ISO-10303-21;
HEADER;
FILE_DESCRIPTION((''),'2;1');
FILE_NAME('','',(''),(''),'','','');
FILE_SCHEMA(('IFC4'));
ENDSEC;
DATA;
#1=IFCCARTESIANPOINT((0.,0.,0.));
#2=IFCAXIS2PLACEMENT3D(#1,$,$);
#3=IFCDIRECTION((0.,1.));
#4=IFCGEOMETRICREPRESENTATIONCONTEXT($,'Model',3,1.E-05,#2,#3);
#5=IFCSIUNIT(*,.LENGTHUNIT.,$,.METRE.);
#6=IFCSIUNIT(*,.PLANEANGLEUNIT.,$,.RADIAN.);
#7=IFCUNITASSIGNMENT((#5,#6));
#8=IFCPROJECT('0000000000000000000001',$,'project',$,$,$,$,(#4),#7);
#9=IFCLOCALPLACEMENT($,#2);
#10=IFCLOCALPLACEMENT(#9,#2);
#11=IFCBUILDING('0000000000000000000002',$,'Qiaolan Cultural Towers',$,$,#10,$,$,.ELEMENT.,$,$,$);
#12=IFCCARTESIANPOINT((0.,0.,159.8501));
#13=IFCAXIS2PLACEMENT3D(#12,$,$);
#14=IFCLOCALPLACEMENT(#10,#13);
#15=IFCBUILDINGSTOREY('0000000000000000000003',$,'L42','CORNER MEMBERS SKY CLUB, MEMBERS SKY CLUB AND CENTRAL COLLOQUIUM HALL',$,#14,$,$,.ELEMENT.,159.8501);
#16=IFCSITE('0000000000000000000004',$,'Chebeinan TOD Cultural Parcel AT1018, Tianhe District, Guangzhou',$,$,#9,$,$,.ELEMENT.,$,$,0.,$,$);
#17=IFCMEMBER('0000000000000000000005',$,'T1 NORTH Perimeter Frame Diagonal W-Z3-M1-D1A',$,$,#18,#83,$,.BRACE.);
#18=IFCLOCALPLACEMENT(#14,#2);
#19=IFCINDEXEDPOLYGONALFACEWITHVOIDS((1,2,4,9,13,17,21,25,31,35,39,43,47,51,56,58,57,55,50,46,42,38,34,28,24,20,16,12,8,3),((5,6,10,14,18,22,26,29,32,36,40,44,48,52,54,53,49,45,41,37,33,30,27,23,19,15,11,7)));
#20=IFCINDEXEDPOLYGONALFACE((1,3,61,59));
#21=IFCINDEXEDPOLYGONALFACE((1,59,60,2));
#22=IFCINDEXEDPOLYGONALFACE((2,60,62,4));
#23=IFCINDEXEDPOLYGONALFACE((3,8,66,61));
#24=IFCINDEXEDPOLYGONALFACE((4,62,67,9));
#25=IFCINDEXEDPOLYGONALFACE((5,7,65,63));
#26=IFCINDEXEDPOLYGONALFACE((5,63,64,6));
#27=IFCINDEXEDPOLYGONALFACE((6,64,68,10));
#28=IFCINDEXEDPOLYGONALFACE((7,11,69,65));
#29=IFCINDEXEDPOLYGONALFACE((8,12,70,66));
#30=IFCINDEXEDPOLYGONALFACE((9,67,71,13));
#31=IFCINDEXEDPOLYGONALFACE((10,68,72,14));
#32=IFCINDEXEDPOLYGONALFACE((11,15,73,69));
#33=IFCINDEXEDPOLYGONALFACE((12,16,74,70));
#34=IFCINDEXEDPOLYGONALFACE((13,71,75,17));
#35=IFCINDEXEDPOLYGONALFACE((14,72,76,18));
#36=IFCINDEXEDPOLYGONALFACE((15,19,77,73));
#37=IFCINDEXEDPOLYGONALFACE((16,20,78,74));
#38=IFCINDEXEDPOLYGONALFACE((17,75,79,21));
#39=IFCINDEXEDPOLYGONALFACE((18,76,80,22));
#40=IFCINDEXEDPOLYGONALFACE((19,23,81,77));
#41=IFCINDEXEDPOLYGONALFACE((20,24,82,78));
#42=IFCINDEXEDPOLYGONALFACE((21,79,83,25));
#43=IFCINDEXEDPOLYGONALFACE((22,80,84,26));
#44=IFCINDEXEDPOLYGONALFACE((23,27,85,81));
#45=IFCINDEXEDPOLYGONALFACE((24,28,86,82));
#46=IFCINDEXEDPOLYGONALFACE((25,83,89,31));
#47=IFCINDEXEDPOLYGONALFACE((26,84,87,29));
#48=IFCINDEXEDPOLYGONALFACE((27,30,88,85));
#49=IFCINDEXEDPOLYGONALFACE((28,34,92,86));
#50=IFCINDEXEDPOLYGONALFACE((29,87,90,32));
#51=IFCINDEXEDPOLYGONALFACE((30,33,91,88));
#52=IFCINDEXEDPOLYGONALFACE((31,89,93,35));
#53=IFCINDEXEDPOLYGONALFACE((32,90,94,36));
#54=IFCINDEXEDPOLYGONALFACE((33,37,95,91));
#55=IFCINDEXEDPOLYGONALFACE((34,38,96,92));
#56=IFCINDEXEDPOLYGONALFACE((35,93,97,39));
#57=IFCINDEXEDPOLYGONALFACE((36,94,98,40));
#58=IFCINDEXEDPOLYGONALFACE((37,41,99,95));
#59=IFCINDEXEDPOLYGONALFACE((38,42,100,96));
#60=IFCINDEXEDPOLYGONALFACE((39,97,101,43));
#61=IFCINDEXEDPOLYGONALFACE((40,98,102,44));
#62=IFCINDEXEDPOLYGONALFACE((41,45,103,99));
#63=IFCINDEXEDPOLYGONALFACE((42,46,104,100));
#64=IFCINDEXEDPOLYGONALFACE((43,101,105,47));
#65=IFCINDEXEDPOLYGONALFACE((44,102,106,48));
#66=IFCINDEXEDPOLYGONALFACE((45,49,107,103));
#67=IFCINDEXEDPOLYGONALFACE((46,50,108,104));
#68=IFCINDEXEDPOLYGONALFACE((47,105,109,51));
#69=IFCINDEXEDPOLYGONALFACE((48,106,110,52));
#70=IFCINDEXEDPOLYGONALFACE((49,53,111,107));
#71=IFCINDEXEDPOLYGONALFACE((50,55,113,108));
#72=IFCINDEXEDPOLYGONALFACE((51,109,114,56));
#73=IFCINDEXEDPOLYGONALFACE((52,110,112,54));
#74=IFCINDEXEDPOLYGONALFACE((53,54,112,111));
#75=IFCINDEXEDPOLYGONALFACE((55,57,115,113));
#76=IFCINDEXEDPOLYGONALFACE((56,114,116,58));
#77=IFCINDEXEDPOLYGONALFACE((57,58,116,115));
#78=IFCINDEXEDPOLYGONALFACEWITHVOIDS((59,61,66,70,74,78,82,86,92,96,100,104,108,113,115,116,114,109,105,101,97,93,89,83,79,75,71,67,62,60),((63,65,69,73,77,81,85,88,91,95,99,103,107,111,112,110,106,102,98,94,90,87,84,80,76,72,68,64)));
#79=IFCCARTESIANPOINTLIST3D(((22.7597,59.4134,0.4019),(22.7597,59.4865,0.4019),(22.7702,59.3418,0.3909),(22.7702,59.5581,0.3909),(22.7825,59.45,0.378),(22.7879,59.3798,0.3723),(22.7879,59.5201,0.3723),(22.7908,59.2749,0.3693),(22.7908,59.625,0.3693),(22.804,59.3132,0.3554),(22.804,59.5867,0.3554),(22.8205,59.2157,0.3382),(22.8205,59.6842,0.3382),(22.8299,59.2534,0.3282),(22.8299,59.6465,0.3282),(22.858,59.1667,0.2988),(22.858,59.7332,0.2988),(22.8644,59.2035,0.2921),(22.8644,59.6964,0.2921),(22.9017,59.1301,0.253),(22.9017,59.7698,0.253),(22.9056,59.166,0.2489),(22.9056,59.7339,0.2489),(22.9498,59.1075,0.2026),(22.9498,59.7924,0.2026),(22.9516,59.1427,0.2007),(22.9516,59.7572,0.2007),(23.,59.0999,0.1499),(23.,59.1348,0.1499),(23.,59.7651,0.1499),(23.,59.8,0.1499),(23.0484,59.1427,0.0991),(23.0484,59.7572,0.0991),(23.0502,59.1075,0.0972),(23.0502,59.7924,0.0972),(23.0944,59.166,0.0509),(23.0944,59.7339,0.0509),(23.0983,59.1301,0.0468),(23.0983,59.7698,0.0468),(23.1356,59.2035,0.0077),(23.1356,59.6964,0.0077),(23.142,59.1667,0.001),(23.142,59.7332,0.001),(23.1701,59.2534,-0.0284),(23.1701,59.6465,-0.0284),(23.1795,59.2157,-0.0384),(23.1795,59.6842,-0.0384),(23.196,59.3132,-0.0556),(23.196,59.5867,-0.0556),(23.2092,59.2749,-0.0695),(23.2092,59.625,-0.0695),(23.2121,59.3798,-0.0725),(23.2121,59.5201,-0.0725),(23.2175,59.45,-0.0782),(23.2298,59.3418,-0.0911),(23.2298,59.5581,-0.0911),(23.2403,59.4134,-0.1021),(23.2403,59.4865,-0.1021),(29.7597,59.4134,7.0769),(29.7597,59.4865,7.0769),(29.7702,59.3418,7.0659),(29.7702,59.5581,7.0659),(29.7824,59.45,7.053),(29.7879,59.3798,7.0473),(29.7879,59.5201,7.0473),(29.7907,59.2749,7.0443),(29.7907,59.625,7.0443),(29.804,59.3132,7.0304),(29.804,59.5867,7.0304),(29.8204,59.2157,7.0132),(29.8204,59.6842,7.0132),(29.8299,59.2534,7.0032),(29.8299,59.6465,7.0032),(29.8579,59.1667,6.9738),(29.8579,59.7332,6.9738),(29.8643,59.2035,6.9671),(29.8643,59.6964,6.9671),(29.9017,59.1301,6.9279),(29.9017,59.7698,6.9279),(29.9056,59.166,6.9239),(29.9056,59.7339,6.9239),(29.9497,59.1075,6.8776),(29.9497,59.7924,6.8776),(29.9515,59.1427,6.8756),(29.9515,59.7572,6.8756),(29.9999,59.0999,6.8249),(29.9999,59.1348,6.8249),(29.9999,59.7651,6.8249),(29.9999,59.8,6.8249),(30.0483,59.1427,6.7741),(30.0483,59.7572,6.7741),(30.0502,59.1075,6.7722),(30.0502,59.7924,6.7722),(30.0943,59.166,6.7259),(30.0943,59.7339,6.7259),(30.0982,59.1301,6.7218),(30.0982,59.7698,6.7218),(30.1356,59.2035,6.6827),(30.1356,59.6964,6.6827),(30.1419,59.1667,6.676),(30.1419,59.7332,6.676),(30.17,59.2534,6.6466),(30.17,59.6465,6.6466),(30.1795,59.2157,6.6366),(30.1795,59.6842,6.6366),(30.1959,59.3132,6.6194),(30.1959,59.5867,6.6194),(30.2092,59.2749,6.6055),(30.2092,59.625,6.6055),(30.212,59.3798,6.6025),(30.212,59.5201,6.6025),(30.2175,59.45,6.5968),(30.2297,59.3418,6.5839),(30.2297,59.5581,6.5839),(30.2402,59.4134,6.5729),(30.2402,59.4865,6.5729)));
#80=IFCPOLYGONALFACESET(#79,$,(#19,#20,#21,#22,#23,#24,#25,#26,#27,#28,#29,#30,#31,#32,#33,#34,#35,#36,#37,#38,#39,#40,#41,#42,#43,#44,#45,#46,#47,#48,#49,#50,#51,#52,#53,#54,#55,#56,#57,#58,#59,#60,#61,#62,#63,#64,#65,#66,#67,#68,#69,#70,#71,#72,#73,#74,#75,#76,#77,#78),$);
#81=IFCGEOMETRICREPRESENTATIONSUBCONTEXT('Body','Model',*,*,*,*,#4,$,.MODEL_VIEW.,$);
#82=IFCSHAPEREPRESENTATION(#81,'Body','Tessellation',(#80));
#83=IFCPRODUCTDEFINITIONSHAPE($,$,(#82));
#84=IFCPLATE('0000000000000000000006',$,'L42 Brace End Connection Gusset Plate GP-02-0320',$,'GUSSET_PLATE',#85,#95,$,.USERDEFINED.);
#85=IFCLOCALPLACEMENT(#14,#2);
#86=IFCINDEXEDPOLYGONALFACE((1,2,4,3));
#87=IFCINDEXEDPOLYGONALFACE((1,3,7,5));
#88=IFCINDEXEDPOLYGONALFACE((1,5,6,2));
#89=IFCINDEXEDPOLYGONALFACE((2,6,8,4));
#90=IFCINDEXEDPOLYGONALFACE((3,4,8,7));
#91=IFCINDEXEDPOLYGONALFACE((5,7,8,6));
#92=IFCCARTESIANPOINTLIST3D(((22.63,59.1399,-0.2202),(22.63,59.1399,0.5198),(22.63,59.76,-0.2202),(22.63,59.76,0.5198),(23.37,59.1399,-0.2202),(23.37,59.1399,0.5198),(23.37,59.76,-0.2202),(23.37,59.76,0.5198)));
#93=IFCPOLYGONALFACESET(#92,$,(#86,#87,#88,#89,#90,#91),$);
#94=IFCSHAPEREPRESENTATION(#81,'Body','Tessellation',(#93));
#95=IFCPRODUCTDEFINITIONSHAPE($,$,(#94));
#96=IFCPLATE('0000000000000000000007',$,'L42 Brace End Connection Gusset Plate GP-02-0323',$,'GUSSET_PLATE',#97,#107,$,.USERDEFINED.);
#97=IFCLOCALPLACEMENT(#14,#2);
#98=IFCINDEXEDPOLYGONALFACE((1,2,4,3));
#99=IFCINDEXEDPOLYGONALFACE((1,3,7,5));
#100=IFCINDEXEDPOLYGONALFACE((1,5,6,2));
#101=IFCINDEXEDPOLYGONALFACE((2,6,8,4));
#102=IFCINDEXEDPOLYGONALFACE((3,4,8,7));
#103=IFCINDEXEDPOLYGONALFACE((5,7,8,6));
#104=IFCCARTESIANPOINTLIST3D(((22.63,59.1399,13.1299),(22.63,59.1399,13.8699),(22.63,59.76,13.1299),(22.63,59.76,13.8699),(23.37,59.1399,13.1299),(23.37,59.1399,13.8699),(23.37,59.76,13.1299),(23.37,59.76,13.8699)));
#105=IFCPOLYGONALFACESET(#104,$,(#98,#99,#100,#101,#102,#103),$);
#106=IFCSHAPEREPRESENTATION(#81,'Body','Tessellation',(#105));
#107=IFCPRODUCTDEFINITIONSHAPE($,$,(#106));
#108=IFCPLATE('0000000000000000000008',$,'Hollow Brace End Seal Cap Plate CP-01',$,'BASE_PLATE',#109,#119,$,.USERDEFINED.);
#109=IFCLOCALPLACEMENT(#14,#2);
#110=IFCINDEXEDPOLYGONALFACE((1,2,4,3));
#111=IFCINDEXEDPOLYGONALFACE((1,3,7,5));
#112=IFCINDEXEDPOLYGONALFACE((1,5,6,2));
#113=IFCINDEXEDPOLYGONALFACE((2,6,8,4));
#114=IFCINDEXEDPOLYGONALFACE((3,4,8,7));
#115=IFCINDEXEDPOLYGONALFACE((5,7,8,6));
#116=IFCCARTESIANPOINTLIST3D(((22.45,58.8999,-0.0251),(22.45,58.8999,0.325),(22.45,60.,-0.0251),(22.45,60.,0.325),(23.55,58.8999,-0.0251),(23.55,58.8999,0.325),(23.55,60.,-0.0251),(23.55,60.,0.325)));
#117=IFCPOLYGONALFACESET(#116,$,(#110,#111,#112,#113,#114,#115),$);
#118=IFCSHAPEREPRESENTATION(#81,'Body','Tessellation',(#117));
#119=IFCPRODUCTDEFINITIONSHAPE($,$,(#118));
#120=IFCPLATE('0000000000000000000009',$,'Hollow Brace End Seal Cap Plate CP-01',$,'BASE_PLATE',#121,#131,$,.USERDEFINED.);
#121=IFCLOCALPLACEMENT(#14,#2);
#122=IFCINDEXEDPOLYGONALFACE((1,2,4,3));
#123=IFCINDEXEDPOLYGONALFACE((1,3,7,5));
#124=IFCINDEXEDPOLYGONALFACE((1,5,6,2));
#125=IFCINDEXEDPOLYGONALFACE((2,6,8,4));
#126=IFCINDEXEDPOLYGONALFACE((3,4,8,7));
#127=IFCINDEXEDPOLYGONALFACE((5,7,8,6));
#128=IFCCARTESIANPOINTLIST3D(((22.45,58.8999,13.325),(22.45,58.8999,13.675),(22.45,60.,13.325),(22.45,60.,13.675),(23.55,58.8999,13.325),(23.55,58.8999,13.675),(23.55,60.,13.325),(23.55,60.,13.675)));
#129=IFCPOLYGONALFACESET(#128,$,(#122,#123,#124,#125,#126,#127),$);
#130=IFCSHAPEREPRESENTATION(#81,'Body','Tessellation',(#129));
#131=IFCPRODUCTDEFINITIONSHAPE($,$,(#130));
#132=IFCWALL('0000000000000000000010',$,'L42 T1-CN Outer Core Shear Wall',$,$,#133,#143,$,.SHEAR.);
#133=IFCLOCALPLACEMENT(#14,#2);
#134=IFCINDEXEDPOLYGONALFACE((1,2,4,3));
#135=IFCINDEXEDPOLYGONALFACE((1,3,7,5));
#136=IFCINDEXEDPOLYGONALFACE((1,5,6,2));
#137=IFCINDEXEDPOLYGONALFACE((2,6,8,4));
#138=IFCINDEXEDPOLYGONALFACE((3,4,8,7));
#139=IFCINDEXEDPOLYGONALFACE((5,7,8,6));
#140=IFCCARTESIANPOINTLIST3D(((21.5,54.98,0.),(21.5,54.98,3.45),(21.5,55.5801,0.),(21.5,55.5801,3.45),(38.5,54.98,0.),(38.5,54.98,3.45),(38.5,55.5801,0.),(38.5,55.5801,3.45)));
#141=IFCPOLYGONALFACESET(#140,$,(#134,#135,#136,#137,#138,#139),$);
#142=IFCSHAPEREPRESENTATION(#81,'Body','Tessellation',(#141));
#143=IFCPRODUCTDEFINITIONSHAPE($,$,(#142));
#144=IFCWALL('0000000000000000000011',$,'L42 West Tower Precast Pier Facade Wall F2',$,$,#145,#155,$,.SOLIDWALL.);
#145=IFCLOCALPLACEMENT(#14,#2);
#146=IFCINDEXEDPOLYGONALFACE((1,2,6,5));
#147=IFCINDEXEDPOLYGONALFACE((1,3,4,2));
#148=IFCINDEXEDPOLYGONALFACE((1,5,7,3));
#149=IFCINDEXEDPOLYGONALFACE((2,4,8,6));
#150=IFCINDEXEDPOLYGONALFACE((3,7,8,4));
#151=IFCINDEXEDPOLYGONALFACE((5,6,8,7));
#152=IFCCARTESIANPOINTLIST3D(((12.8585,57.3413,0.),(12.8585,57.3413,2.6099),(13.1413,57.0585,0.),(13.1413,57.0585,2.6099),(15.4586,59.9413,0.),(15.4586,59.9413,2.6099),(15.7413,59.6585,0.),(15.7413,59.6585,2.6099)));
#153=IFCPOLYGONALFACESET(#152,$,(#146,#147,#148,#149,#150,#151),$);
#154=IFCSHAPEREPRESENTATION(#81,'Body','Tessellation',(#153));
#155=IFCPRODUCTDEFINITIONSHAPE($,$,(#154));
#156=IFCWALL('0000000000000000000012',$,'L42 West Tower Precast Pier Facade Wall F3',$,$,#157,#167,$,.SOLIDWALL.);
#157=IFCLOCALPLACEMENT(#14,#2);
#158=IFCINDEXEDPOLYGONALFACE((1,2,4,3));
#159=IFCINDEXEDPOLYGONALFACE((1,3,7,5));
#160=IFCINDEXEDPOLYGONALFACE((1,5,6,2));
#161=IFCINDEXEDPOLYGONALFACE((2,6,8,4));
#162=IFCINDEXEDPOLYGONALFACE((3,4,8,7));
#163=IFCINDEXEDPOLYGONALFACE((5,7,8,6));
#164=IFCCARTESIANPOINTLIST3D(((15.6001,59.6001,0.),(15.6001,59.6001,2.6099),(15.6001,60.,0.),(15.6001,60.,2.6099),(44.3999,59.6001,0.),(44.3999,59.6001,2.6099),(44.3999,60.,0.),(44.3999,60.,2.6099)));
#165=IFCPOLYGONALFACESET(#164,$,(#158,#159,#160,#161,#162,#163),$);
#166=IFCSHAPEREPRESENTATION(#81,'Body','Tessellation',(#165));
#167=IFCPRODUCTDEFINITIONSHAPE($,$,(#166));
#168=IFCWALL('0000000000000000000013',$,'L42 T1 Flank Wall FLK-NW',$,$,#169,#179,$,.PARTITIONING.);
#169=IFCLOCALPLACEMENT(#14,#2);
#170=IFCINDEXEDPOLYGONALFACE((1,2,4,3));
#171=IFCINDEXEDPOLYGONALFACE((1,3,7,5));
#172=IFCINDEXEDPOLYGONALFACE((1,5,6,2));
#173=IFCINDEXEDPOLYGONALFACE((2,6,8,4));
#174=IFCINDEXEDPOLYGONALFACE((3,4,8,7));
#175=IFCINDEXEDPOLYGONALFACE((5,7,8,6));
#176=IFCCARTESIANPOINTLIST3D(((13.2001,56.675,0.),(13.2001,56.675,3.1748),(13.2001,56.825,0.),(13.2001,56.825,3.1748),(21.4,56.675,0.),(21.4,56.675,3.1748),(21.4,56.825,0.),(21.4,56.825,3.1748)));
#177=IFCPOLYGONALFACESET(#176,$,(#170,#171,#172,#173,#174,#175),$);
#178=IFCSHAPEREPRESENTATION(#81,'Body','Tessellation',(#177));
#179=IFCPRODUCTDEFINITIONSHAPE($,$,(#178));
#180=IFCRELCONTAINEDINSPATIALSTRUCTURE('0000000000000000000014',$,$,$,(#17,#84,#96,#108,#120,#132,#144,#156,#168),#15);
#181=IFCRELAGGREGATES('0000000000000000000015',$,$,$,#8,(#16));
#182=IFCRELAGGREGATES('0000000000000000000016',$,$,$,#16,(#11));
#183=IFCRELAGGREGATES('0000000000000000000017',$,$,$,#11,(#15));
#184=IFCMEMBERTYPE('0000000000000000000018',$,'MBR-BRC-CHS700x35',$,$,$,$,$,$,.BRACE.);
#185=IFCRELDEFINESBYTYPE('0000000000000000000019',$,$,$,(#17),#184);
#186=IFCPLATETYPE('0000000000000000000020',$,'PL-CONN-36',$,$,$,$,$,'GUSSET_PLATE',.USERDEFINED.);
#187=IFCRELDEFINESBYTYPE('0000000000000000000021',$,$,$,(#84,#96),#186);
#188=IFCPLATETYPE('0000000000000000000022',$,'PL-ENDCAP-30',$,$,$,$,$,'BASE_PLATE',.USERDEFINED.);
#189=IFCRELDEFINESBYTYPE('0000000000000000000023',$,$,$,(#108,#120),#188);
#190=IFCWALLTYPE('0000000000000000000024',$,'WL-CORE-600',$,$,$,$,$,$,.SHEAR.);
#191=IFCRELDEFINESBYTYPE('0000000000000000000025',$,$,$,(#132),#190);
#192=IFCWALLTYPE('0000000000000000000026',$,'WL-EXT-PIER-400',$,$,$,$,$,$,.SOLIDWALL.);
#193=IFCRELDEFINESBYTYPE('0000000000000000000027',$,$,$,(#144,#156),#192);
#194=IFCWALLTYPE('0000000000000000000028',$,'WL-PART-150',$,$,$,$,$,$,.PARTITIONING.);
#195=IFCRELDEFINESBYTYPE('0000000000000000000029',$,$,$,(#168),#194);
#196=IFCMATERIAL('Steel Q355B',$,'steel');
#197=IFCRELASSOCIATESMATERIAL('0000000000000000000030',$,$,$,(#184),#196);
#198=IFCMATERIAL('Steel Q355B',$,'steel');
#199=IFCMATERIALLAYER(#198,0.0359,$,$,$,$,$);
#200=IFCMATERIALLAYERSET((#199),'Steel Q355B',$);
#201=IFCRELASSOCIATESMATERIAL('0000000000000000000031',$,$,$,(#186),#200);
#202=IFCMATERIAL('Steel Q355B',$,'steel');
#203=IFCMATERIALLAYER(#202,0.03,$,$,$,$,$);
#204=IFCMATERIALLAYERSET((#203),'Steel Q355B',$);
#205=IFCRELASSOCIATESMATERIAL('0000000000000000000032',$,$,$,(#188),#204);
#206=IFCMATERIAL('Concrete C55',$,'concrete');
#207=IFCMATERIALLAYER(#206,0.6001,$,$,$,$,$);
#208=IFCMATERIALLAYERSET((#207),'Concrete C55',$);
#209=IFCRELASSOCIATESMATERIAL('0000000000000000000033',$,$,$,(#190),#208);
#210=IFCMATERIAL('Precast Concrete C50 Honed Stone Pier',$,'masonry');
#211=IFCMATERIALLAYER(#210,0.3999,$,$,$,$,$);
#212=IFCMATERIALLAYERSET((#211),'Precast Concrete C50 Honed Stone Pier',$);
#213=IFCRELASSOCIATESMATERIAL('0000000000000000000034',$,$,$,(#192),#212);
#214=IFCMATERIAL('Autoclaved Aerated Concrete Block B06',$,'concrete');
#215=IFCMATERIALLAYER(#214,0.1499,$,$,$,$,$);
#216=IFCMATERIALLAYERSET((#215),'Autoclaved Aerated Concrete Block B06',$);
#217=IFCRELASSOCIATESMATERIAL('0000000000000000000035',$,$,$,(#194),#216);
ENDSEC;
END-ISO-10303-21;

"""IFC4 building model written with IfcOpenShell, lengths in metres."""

from ifc_helpers import new_model, si_unit, direction, frame, frame_2d, origin, origin_2d, place, context, subcontext, project, spatial, rectangle, hollow_circle, extrude, material, layer, layer_set, material_profile, profile_set, type_object, element, save


model = new_model("IFC4")

# Units and contexts
model_context = context("Model", 3, precision=1e-05, world=origin(), true_north=direction((0.0, 1.0)))
body_context = subcontext(model_context, "Body", "Model", "MODEL_VIEW")
ifc_project = project(units=[si_unit("LENGTHUNIT", "METRE"), si_unit("PLANEANGLEUNIT", "RADIAN")], contexts=[model_context])

# Site, building, storey
site_placement = place(None, origin())
site = spatial("IfcSite", under=ifc_project, at=site_placement, Name="Chebeinan TOD Cultural Parcel AT1018, Tianhe District, Guangzhou", CompositionType="ELEMENT", RefElevation=0.0)
building_placement = place(site_placement, origin())
building = spatial("IfcBuilding", under=site, at=building_placement, Name="Qiaolan Cultural Towers", CompositionType="ELEMENT")
storey_placement = place(building_placement, frame((0.0, 0.0, 159.8501)))
storey = spatial("IfcBuildingStorey", under=building, at=storey_placement, Name="L42", Description="CORNER MEMBERS SKY CLUB, MEMBERS SKY CLUB AND CENTRAL COLLOQUIUM HALL", CompositionType="ELEMENT", Elevation=159.8501)

# Member
ifc_material_1 = material(Name="Steel Q355B", Category="steel")
ifc_material_profile_1 = material_profile(ifc_material_1, hollow_circle(Radius=0.3501, WallThickness=0.0349, at=origin_2d()), Name="CHS700x35")
ifc_profile_set_1 = profile_set([ifc_material_profile_1], Name="Steel Q355B")
member_type = type_object("IfcMemberType", Name="MBR-BRC-CHS700x35", PredefinedType="BRACE", material=ifc_profile_set_1)
member_placement = place(storey_placement, frame((23.0, 59.45, 0.1499), z_axis=(0.723705, 0.0, 0.690109), x_axis=(0.0, 1.0, 0.0)))
element("IfcMember", 1, at=member_placement, inside=storey, type_object=member_type, Name="T1 NORTH Perimeter Frame Diagonal W-Z3-M1-D1A", PredefinedType="BRACE", context=body_context, shape_type="SweptSolid", body=[
    extrude(hollow_circle(Radius=0.3501, WallThickness=0.0349, at=origin_2d()), origin(), (0.0, 0.0, 1.0), 9.6724),
])

# Plates
ifc_material_2 = material(Name="Steel Q355B", Category="steel")
ifc_layer_1 = layer(ifc_material_2, 0.0359)
ifc_layer_set_1 = layer_set([ifc_layer_1], Name="Steel Q355B")
plate_type_1 = type_object("IfcPlateType", Name="PL-CONN-36", ElementType="GUSSET_PLATE", PredefinedType="USERDEFINED", material=ifc_layer_set_1)
for number, where, z_axis, x_axis, name in (
    (2, (23.0, 59.45, -0.2202), (0.0, 0.0, 1.0), (1.0, 0.0, 0.0), "L42 Brace End Connection Gusset Plate GP-02-0320"),
    (3, (23.0, 59.45, 13.1299), (0.0, 0.0, 1.0), (1.0, 0.0, 0.0), "L42 Brace End Connection Gusset Plate GP-02-0323"),
):
    element("IfcPlate", number, at=place(storey_placement, frame(where, z_axis=z_axis, x_axis=x_axis)), inside=storey, type_object=plate_type_1, Name=name, ObjectType="GUSSET_PLATE", PredefinedType="USERDEFINED", context=body_context, shape_type="SweptSolid", body=[
        extrude(rectangle(XDim=0.74, YDim=0.6201, at=origin_2d()), origin(), (0.0, 0.0, 1.0), 0.74),
    ])
ifc_material_3 = material(Name="Steel Q355B", Category="steel")
ifc_layer_2 = layer(ifc_material_3, 0.03)
ifc_layer_set_2 = layer_set([ifc_layer_2], Name="Steel Q355B")
plate_type_2 = type_object("IfcPlateType", Name="PL-ENDCAP-30", ElementType="BASE_PLATE", PredefinedType="USERDEFINED", material=ifc_layer_set_2)
for number, where, z_axis, x_axis, name in (
    (4, (23.0, 59.45, -0.0251), (0.0, 0.0, 1.0), (1.0, 0.0, 0.0), "Hollow Brace End Seal Cap Plate CP-01"),
    (5, (23.0, 59.45, 13.325), (0.0, 0.0, 1.0), (1.0, 0.0, 0.0), "Hollow Brace End Seal Cap Plate CP-01"),
):
    element("IfcPlate", number, at=place(storey_placement, frame(where, z_axis=z_axis, x_axis=x_axis)), inside=storey, type_object=plate_type_2, Name=name, ObjectType="BASE_PLATE", PredefinedType="USERDEFINED", context=body_context, shape_type="SweptSolid", body=[
        extrude(rectangle(XDim=1.1001, YDim=1.1001, at=origin_2d()), origin(), (0.0, 0.0, 1.0), 0.3501),
    ])

# Walls
ifc_material_4 = material(Name="Concrete C55", Category="concrete")
ifc_layer_3 = layer(ifc_material_4, 0.6001)
ifc_layer_set_3 = layer_set([ifc_layer_3], Name="Concrete C55")
wall_type_1 = type_object("IfcWallType", Name="WL-CORE-600", PredefinedType="SHEAR", material=ifc_layer_set_3)
wall_1_placement = place(storey_placement, frame((21.5, 55.28, 0.0), z_axis=(0.0, 0.0, 1.0), x_axis=(1.0, 0.0, 0.0)))
element("IfcWall", 6, at=wall_1_placement, inside=storey, type_object=wall_type_1, Name="L42 T1-CN Outer Core Shear Wall", PredefinedType="SHEAR", context=body_context, shape_type="SweptSolid", body=[
    extrude(rectangle(XDim=17.0, YDim=0.6001, at=frame_2d((8.5, 0.0))), origin(), (0.0, 0.0, 1.0), 3.45),
])
ifc_material_5 = material(Name="Precast Concrete C50 Honed Stone Pier", Category="masonry")
ifc_layer_4 = layer(ifc_material_5, 0.3999)
ifc_layer_set_4 = layer_set([ifc_layer_4], Name="Precast Concrete C50 Honed Stone Pier")
wall_type_2 = type_object("IfcWallType", Name="WL-EXT-PIER-400", PredefinedType="SOLIDWALL", material=ifc_layer_set_4)
wall_2_placement = place(storey_placement, frame((13.0, 57.2, 0.0), z_axis=(0.0, 0.0, 1.0), x_axis=(0.707107, 0.707107, 0.0)))
element("IfcWall", 7, at=wall_2_placement, inside=storey, type_object=wall_type_2, Name="L42 West Tower Precast Pier Facade Wall F2", PredefinedType="SOLIDWALL", context=body_context, shape_type="SweptSolid", body=[
    extrude(rectangle(XDim=3.677, YDim=0.3999, at=frame_2d((1.8384, 0.0))), origin(), (0.0, 0.0, 1.0), 2.6099),
])
wall_3_placement = place(storey_placement, frame((15.6001, 59.8, 0.0), z_axis=(0.0, 0.0, 1.0), x_axis=(1.0, 0.0, 0.0)))
element("IfcWall", 8, at=wall_3_placement, inside=storey, type_object=wall_type_2, Name="L42 West Tower Precast Pier Facade Wall F3", PredefinedType="SOLIDWALL", context=body_context, shape_type="SweptSolid", body=[
    extrude(rectangle(XDim=28.7998, YDim=0.3999, at=frame_2d((14.3999, 0.0))), origin(), (0.0, 0.0, 1.0), 2.6099),
])
ifc_material_6 = material(Name="Autoclaved Aerated Concrete Block B06", Category="concrete")
ifc_layer_5 = layer(ifc_material_6, 0.1499)
ifc_layer_set_5 = layer_set([ifc_layer_5], Name="Autoclaved Aerated Concrete Block B06")
wall_type_3 = type_object("IfcWallType", Name="WL-PART-150", PredefinedType="PARTITIONING", material=ifc_layer_set_5)
wall_4_placement = place(storey_placement, frame((13.2, 56.75, 0.0), z_axis=(0.0, 0.0, 1.0), x_axis=(1.0, 0.0, 0.0)))
element("IfcWall", 9, at=wall_4_placement, inside=storey, type_object=wall_type_3, Name="L42 T1 Flank Wall FLK-NW", PredefinedType="PARTITIONING", context=body_context, shape_type="SweptSolid", body=[
    extrude(rectangle(XDim=8.2, YDim=0.1499, at=frame_2d((4.1001, 0.0))), origin(), (0.0, 0.0, 1.0), 3.1748),
])

save(model, "model.ifc")
